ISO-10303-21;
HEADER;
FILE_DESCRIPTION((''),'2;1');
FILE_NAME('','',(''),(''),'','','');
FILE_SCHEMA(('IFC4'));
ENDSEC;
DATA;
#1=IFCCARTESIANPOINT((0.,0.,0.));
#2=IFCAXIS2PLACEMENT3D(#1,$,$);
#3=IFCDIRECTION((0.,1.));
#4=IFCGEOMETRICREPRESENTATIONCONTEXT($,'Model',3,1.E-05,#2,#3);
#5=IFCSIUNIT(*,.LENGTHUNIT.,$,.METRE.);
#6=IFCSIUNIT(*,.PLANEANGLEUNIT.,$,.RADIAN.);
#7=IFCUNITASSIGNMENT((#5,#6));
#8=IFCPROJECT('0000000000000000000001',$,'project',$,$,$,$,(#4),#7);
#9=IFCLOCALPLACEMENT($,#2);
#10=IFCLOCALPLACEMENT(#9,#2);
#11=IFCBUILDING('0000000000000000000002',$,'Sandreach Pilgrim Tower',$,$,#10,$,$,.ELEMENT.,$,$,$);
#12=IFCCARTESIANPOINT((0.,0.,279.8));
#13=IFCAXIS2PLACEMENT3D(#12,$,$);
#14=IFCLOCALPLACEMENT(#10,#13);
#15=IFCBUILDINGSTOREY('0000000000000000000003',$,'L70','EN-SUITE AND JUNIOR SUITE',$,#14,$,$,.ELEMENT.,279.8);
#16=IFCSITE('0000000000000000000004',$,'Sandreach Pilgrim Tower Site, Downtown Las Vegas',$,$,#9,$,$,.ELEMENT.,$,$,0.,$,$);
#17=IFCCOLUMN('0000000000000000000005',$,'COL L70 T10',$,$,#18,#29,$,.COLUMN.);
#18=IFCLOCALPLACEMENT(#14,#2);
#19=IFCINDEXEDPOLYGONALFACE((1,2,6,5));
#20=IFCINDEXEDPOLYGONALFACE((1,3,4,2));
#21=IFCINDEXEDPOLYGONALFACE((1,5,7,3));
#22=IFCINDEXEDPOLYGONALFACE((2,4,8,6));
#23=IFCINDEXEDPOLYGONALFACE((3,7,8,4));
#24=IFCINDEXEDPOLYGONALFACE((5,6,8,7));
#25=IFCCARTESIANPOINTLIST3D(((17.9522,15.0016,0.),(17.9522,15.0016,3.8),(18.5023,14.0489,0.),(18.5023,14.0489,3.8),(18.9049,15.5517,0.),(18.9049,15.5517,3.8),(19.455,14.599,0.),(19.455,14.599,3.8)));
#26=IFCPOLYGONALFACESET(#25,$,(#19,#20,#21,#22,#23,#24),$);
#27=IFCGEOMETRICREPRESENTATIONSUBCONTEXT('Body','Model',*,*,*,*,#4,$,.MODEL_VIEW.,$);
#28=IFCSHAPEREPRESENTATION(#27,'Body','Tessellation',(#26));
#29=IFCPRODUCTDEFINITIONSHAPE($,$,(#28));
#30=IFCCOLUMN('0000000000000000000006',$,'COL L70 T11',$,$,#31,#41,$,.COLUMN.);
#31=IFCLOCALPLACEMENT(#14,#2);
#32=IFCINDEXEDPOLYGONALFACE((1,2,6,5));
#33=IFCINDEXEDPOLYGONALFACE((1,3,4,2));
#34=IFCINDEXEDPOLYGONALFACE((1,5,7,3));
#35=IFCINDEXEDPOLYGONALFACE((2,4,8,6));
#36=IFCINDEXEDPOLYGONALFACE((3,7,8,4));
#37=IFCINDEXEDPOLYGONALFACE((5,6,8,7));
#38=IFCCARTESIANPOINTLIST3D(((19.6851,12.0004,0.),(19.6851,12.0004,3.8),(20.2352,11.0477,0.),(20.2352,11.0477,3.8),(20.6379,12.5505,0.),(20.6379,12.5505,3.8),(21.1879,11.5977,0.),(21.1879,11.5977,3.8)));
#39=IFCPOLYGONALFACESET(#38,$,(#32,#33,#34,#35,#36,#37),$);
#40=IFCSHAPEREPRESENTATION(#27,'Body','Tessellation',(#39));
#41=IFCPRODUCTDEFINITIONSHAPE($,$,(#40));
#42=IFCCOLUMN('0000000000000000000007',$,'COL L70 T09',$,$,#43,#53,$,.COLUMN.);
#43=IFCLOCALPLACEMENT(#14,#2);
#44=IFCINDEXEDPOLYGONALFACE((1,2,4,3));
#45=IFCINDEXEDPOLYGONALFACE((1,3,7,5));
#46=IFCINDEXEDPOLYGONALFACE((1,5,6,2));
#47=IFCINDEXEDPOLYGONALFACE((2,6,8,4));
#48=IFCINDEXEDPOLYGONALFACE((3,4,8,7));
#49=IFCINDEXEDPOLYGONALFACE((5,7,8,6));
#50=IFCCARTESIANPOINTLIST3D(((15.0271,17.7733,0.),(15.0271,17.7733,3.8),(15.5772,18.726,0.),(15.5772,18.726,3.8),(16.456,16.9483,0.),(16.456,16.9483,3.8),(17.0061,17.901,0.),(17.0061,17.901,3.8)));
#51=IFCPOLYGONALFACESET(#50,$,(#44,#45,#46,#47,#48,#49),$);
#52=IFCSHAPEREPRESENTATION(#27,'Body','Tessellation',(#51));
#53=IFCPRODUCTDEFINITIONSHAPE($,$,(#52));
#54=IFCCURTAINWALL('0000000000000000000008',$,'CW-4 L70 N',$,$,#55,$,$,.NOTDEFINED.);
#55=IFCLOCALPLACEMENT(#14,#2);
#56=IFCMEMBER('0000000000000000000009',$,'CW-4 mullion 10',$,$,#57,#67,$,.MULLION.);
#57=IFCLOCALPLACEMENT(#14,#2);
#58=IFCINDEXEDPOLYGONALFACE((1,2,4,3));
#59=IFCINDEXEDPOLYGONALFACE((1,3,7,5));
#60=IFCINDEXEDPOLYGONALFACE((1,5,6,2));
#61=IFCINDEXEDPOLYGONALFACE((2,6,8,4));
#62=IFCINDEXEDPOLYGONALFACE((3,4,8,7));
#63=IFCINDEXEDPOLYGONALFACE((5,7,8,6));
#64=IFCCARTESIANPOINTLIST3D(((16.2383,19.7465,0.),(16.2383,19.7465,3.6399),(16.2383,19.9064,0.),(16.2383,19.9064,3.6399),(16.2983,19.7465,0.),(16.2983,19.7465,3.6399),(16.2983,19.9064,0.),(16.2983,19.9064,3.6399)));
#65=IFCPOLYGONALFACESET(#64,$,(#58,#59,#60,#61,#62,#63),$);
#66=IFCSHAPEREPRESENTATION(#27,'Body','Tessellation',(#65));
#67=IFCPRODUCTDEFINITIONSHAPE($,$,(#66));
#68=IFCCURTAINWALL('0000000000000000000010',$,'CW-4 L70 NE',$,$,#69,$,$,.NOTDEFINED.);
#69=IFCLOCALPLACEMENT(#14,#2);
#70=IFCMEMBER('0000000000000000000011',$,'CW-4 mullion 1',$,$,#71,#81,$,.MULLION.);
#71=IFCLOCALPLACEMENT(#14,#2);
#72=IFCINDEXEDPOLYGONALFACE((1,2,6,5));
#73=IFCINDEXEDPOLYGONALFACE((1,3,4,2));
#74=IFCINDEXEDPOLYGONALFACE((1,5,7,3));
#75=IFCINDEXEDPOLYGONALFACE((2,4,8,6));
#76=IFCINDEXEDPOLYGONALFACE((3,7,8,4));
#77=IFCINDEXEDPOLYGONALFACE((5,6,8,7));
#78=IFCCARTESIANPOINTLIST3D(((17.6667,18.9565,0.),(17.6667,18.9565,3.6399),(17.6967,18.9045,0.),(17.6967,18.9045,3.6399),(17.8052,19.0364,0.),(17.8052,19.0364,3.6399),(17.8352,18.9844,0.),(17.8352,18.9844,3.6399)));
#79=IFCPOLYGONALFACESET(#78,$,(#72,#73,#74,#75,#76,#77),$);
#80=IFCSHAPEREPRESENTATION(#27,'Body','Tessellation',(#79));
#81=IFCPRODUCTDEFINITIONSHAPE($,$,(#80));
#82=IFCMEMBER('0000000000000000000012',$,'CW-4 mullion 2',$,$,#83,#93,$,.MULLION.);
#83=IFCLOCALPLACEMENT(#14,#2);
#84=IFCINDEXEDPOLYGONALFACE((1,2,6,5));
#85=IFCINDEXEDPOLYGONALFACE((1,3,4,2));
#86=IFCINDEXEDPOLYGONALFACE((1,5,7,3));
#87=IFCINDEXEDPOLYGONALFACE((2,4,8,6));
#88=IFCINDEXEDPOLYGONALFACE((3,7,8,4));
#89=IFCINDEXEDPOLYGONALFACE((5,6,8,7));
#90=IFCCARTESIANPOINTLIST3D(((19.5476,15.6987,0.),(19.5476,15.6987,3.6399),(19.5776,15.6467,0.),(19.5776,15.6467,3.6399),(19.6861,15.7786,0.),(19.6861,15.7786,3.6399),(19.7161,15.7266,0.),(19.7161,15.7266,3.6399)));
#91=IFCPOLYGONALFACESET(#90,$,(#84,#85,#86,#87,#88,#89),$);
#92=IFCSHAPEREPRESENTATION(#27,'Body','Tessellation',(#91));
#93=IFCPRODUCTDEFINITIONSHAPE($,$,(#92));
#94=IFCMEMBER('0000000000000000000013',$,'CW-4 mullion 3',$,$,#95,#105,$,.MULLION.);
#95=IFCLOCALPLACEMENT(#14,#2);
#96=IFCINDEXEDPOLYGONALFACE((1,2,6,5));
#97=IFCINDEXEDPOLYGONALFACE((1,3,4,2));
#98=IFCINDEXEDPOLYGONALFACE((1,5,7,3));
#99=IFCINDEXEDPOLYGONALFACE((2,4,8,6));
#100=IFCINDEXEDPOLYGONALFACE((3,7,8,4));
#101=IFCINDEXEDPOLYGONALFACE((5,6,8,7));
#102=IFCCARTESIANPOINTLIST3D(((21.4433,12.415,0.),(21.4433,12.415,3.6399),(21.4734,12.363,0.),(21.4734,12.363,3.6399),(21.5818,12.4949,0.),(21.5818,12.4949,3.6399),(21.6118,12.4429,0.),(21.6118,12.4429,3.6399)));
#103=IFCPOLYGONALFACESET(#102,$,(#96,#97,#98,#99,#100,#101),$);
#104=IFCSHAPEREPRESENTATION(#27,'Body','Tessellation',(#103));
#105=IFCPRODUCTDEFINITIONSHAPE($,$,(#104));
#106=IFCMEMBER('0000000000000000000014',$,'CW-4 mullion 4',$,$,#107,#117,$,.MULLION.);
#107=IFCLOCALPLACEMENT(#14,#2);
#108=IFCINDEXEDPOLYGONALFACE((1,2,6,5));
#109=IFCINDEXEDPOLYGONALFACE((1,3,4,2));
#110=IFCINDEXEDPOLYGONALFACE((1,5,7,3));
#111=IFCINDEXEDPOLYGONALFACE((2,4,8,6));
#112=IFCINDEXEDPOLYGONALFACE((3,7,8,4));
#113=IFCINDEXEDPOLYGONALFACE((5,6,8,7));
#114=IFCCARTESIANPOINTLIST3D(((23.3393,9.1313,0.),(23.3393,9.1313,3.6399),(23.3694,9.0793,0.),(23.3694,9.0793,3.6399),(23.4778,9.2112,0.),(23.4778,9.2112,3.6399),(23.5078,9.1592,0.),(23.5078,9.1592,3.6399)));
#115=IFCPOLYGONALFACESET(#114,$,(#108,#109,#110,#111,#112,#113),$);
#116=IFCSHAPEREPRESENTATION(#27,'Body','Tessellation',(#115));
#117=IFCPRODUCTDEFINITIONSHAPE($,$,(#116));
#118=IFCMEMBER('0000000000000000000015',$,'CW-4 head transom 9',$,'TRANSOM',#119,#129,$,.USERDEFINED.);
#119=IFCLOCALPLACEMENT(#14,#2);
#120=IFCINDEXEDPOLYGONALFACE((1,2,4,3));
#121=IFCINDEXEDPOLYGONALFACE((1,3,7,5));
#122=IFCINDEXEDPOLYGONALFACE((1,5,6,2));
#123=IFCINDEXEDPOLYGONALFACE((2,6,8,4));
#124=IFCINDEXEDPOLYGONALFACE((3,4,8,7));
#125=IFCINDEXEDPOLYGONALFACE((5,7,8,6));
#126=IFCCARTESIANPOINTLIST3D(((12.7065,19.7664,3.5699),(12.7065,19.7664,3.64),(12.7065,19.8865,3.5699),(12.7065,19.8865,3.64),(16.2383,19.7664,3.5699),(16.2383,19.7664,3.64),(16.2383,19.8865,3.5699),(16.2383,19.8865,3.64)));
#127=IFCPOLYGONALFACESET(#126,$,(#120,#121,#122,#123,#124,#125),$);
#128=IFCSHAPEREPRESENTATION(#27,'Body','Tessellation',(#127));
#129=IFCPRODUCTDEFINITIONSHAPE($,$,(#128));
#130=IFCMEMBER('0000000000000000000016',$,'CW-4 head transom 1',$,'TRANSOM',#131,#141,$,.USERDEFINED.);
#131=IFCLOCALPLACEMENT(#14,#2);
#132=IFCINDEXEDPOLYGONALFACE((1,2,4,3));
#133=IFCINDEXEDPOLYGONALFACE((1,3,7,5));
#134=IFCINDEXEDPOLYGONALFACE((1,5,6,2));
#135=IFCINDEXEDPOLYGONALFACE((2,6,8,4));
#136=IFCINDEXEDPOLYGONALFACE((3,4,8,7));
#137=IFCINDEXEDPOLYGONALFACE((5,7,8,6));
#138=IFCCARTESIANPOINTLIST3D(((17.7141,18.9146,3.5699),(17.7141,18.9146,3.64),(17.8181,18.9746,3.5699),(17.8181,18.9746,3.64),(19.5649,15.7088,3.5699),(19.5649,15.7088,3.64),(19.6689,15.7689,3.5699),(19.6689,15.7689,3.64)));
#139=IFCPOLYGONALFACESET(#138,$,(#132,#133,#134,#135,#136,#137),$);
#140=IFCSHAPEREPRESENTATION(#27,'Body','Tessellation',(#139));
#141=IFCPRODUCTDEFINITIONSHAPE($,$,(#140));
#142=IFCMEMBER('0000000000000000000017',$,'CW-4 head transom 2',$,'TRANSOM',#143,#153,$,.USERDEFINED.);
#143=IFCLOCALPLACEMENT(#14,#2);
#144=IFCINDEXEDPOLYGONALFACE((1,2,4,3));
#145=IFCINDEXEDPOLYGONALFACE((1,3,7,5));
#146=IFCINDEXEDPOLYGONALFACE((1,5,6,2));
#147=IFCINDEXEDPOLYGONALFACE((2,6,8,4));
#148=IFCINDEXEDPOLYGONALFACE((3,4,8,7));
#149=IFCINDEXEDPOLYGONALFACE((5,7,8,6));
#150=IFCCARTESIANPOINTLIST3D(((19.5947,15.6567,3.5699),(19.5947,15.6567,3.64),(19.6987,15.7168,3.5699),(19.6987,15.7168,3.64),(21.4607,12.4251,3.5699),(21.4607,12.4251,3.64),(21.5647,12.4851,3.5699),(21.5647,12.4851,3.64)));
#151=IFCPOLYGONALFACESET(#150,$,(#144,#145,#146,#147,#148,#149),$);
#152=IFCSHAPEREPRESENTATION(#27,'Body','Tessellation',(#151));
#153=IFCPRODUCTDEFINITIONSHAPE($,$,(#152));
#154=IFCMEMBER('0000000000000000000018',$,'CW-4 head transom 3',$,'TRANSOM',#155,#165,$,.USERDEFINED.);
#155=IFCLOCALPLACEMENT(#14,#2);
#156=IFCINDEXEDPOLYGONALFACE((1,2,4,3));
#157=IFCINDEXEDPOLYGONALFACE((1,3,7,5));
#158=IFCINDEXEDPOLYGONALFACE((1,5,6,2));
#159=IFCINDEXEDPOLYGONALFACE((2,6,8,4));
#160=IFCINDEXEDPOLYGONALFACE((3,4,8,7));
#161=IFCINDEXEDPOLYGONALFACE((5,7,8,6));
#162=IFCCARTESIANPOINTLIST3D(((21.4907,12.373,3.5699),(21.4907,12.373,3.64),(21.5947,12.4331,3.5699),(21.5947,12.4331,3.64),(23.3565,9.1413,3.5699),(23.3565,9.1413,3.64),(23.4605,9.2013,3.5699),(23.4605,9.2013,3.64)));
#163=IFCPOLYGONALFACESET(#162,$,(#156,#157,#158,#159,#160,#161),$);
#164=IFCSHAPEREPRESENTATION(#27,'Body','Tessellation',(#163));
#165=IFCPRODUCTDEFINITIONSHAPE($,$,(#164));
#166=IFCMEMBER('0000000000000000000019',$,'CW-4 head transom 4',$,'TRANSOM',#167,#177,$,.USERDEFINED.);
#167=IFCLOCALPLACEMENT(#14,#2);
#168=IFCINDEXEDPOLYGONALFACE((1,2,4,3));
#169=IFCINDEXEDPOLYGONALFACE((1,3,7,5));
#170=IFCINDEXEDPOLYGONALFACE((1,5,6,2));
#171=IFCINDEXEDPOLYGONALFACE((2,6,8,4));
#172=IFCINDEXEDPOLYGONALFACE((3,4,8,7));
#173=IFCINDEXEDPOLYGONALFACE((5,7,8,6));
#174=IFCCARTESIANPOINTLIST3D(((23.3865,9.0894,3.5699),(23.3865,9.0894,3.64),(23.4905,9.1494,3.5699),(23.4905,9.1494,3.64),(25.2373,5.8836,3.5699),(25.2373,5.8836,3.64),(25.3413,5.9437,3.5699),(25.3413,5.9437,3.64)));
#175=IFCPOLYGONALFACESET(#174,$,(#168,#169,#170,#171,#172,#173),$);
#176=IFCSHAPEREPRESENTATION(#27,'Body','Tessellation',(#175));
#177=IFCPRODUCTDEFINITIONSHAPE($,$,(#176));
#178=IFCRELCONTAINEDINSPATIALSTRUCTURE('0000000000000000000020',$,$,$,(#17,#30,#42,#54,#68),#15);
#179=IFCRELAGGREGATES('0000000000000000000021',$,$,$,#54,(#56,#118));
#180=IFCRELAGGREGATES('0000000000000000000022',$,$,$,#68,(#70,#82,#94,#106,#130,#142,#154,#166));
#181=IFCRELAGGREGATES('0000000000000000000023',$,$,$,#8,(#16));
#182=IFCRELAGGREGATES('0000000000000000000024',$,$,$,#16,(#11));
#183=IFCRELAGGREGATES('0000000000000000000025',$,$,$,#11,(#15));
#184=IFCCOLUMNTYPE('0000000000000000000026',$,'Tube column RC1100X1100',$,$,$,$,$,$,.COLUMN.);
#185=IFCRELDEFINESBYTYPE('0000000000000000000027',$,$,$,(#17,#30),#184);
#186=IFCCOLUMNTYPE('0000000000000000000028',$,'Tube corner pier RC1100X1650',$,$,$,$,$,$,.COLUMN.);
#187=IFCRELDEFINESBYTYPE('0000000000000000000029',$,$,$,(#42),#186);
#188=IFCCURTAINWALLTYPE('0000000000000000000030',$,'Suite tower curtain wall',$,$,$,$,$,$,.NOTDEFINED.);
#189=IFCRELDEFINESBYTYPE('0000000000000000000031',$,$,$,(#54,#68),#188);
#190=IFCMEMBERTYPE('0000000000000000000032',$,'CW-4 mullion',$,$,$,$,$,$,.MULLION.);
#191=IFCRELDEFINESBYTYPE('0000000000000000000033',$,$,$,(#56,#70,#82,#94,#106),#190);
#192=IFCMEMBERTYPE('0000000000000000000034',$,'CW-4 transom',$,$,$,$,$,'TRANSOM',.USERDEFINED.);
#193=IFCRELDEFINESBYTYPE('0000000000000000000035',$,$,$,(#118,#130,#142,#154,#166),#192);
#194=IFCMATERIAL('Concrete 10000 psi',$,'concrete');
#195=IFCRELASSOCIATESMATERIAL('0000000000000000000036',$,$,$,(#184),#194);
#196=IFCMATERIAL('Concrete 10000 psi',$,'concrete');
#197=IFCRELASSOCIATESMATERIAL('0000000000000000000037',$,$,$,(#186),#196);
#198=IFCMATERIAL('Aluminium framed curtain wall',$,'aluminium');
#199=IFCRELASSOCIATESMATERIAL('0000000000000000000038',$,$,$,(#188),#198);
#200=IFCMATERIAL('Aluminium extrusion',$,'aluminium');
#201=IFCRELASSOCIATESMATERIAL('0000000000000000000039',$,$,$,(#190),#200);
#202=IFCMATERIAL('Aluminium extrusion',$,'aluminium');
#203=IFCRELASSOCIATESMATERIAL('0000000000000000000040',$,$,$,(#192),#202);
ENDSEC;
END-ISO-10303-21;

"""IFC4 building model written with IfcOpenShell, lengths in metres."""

from ifc_helpers import new_model, si_unit, direction, frame, origin, origin_2d, place, context, subcontext, project, spatial, rectangle, extrude, material, material_profile, profile_set, type_object, element, aggregate, save


model = new_model("IFC4")

# Units and contexts
model_context = context("Model", 3, precision=1e-05, world=origin(), true_north=direction((0.0, 1.0)))
body_context = subcontext(model_context, "Body", "Model", "MODEL_VIEW")
ifc_project = project(units=[si_unit("LENGTHUNIT", "METRE"), si_unit("PLANEANGLEUNIT", "RADIAN")], contexts=[model_context])

# Site, building, storey
site_placement = place(None, origin())
site = spatial("IfcSite", under=ifc_project, at=site_placement, Name="Sandreach Pilgrim Tower Site, Downtown Las Vegas", CompositionType="ELEMENT", RefElevation=0.0)
building_placement = place(site_placement, origin())
building = spatial("IfcBuilding", under=site, at=building_placement, Name="Sandreach Pilgrim Tower", CompositionType="ELEMENT")
storey_placement = place(building_placement, frame((0.0, 0.0, 279.8)))
storey = spatial("IfcBuildingStorey", under=building, at=storey_placement, Name="L70", Description="EN-SUITE AND JUNIOR SUITE", CompositionType="ELEMENT", Elevation=279.8)

# Columns
ifc_material_1 = material(Name="Concrete 10000 psi", Category="concrete")
ifc_material_profile_1 = material_profile(ifc_material_1, rectangle(XDim=1.1001, YDim=1.1001, at=origin_2d()), Name="RC1100X1100")
ifc_profile_set_1 = profile_set([ifc_material_profile_1], Name="Concrete 10000 psi")
column_type_1 = type_object("IfcColumnType", Name="Tube column RC1100X1100", PredefinedType="COLUMN", material=ifc_profile_set_1)
for number, where, z_axis, x_axis, name in (
    (1, (18.7036, 14.8003, 0.0), (0.0, 0.0, 1.0), (0.866025, 0.5, 0.0), "COL L70 T10"),
    (2, (20.4365, 11.7991, 0.0), (0.0, 0.0, 1.0), (0.866025, 0.5, 0.0), "COL L70 T11"),
):
    element("IfcColumn", number, at=place(storey_placement, frame(where, z_axis=z_axis, x_axis=x_axis)), inside=storey, type_object=column_type_1, Name=name, PredefinedType="COLUMN", context=body_context, shape_type="SweptSolid", body=[
        extrude(rectangle(XDim=1.1001, YDim=1.1001, at=origin_2d()), origin(), (0.0, 0.0, 1.0), 3.8),
    ])
ifc_material_2 = material(Name="Concrete 10000 psi", Category="concrete")
ifc_material_profile_2 = material_profile(ifc_material_2, rectangle(XDim=1.1001, YDim=1.6499, at=origin_2d()), Name="RC1100X1650")
ifc_profile_set_2 = profile_set([ifc_material_profile_2], Name="Concrete 10000 psi")
column_type_2 = type_object("IfcColumnType", Name="Tube corner pier RC1100X1650", PredefinedType="COLUMN", material=ifc_profile_set_2)
column_placement = place(storey_placement, frame((16.0166, 17.8372, 0.0), z_axis=(0.0, 0.0, 1.0), x_axis=(0.5, 0.866025, 0.0)))
element("IfcColumn", 3, at=column_placement, inside=storey, type_object=column_type_2, Name="COL L70 T09", PredefinedType="COLUMN", context=body_context, shape_type="SweptSolid", body=[
    extrude(rectangle(XDim=1.1001, YDim=1.6499, at=origin_2d()), origin(), (0.0, 0.0, 1.0), 3.8),
])

# Curtain wall, member
ifc_material_3 = material(Name="Aluminium framed curtain wall", Category="aluminium")
curtain_wall_type = type_object("IfcCurtainWallType", Name="Suite tower curtain wall", PredefinedType="NOTDEFINED", material=ifc_material_3)
curtain_wall_1_placement = place(storey_placement, origin())
curtain_wall_1 = element("IfcCurtainWall", 4, at=curtain_wall_1_placement, inside=storey, type_object=curtain_wall_type, Name="CW-4 L70 N", PredefinedType="NOTDEFINED")
ifc_material_4 = material(Name="Aluminium extrusion", Category="aluminium")
ifc_material_profile_3 = material_profile(ifc_material_4, rectangle(XDim=0.0601, YDim=0.1599, at=origin_2d()), Name="CW-4M 60X160")
ifc_profile_set_3 = profile_set([ifc_material_profile_3], Name="Aluminium extrusion")
member_type_1 = type_object("IfcMemberType", Name="CW-4 mullion", PredefinedType="MULLION", material=ifc_profile_set_3)
member_1_placement = place(storey_placement, frame((16.2683, 19.8264, 0.0), z_axis=(0.0, 0.0, 1.0), x_axis=(1.0, 0.0, 0.0)))
member_1 = element("IfcMember", 5, at=member_1_placement, type_object=member_type_1, Name="CW-4 mullion 10", PredefinedType="MULLION", context=body_context, shape_type="SweptSolid", body=[
    extrude(rectangle(XDim=0.0601, YDim=0.1599, at=origin_2d()), origin(), (0.0, 0.0, 1.0), 3.6399),
])

# Curtain wall, members
curtain_wall_2_placement = place(storey_placement, origin())
curtain_wall_2 = element("IfcCurtainWall", 6, at=curtain_wall_2_placement, inside=storey, type_object=curtain_wall_type, Name="CW-4 L70 NE", PredefinedType="NOTDEFINED")
member_2_placement = place(storey_placement, frame((17.751, 18.9705, 0.0), z_axis=(0.0, 0.0, 1.0), x_axis=(0.5, -0.866025, 0.0)))
member_2 = element("IfcMember", 7, at=member_2_placement, type_object=member_type_1, Name="CW-4 mullion 1", PredefinedType="MULLION", context=body_context, shape_type="SweptSolid", body=[
    extrude(rectangle(XDim=0.0601, YDim=0.1599, at=origin_2d()), origin(), (0.0, 0.0, 1.0), 3.6399),
])
member_3_placement = place(storey_placement, frame((19.6318, 15.7126, 0.0), z_axis=(0.0, 0.0, 1.0), x_axis=(0.5, -0.866025, 0.0)))
member_3 = element("IfcMember", 8, at=member_3_placement, type_object=member_type_1, Name="CW-4 mullion 2", PredefinedType="MULLION", context=body_context, shape_type="SweptSolid", body=[
    extrude(rectangle(XDim=0.0601, YDim=0.1599, at=origin_2d()), origin(), (0.0, 0.0, 1.0), 3.6399),
])
member_4_placement = place(storey_placement, frame((21.5276, 12.429, 0.0), z_axis=(0.0, 0.0, 1.0), x_axis=(0.5, -0.866025, 0.0)))
member_4 = element("IfcMember", 9, at=member_4_placement, type_object=member_type_1, Name="CW-4 mullion 3", PredefinedType="MULLION", context=body_context, shape_type="SweptSolid", body=[
    extrude(rectangle(XDim=0.0601, YDim=0.1599, at=origin_2d()), origin(), (0.0, 0.0, 1.0), 3.6399),
])
member_5_placement = place(storey_placement, frame((23.4236, 9.1453, 0.0), z_axis=(0.0, 0.0, 1.0), x_axis=(0.5, -0.866025, 0.0)))
member_5 = element("IfcMember", 10, at=member_5_placement, type_object=member_type_1, Name="CW-4 mullion 4", PredefinedType="MULLION", context=body_context, shape_type="SweptSolid", body=[
    extrude(rectangle(XDim=0.0601, YDim=0.1599, at=origin_2d()), origin(), (0.0, 0.0, 1.0), 3.6399),
])

# Members
ifc_material_5 = material(Name="Aluminium extrusion", Category="aluminium")
ifc_material_profile_4 = material_profile(ifc_material_5, rectangle(XDim=0.1201, YDim=0.0701, at=origin_2d()), Name="CW-4T 120X70")
ifc_profile_set_4 = profile_set([ifc_material_profile_4], Name="Aluminium extrusion")
member_type_2 = type_object("IfcMemberType", Name="CW-4 transom", ElementType="TRANSOM", PredefinedType="USERDEFINED", material=ifc_profile_set_4)
member_6_placement = place(storey_placement, frame((12.7065, 19.8264, 3.605), z_axis=(1.0, 0.0, 0.0), x_axis=(0.0, 1.0, 0.0)))
member_6 = element("IfcMember", 11, at=member_6_placement, type_object=member_type_2, Name="CW-4 head transom 9", ObjectType="TRANSOM", PredefinedType="USERDEFINED", context=body_context, shape_type="SweptSolid", body=[
    extrude(rectangle(XDim=0.1201, YDim=0.0701, at=origin_2d()), origin(), (0.0, 0.0, 1.0), 3.5317),
])
member_7_placement = place(storey_placement, frame((17.7661, 18.9446, 3.605), z_axis=(0.499991, -0.866031, 0.0), x_axis=(0.866031, 0.499991, 0.0)))
member_7 = element("IfcMember", 12, at=member_7_placement, type_object=member_type_2, Name="CW-4 head transom 1", ObjectType="TRANSOM", PredefinedType="USERDEFINED", context=body_context, shape_type="SweptSolid", body=[
    extrude(rectangle(XDim=0.1201, YDim=0.0701, at=origin_2d()), origin(), (0.0, 0.0, 1.0), 3.7017),
])
member_8_placement = place(storey_placement, frame((19.6467, 15.6868, 3.605), z_axis=(0.50003, -0.866008, 0.0), x_axis=(0.866008, 0.50003, 0.0)))
member_8 = element("IfcMember", 13, at=member_8_placement, type_object=member_type_2, Name="CW-4 head transom 2", ObjectType="TRANSOM", PredefinedType="USERDEFINED", context=body_context, shape_type="SweptSolid", body=[
    extrude(rectangle(XDim=0.1201, YDim=0.0701, at=origin_2d()), origin(), (0.0, 0.0, 1.0), 3.7317),
])
member_9_placement = place(storey_placement, frame((21.5427, 12.4031, 3.605), z_axis=(0.499981, -0.866036, 0.0), x_axis=(0.866036, 0.499981, 0.0)))
member_9 = element("IfcMember", 14, at=member_9_placement, type_object=member_type_2, Name="CW-4 head transom 3", ObjectType="TRANSOM", PredefinedType="USERDEFINED", context=body_context, shape_type="SweptSolid", body=[
    extrude(rectangle(XDim=0.1201, YDim=0.0701, at=origin_2d()), origin(), (0.0, 0.0, 1.0), 3.7317),
])
member_10_placement = place(storey_placement, frame((23.4385, 9.1194, 3.605), z_axis=(0.499991, -0.866031, 0.0), x_axis=(0.866031, 0.499991, 0.0)))
member_10 = element("IfcMember", 15, at=member_10_placement, type_object=member_type_2, Name="CW-4 head transom 4", ObjectType="TRANSOM", PredefinedType="USERDEFINED", context=body_context, shape_type="SweptSolid", body=[
    extrude(rectangle(XDim=0.1201, YDim=0.0701, at=origin_2d()), origin(), (0.0, 0.0, 1.0), 3.7017),
])

aggregate(curtain_wall_1, [member_1, member_6])
aggregate(curtain_wall_2, [member_2, member_3, member_4, member_5, member_7, member_8, member_9, member_10])

save(model, "model.ifc")
